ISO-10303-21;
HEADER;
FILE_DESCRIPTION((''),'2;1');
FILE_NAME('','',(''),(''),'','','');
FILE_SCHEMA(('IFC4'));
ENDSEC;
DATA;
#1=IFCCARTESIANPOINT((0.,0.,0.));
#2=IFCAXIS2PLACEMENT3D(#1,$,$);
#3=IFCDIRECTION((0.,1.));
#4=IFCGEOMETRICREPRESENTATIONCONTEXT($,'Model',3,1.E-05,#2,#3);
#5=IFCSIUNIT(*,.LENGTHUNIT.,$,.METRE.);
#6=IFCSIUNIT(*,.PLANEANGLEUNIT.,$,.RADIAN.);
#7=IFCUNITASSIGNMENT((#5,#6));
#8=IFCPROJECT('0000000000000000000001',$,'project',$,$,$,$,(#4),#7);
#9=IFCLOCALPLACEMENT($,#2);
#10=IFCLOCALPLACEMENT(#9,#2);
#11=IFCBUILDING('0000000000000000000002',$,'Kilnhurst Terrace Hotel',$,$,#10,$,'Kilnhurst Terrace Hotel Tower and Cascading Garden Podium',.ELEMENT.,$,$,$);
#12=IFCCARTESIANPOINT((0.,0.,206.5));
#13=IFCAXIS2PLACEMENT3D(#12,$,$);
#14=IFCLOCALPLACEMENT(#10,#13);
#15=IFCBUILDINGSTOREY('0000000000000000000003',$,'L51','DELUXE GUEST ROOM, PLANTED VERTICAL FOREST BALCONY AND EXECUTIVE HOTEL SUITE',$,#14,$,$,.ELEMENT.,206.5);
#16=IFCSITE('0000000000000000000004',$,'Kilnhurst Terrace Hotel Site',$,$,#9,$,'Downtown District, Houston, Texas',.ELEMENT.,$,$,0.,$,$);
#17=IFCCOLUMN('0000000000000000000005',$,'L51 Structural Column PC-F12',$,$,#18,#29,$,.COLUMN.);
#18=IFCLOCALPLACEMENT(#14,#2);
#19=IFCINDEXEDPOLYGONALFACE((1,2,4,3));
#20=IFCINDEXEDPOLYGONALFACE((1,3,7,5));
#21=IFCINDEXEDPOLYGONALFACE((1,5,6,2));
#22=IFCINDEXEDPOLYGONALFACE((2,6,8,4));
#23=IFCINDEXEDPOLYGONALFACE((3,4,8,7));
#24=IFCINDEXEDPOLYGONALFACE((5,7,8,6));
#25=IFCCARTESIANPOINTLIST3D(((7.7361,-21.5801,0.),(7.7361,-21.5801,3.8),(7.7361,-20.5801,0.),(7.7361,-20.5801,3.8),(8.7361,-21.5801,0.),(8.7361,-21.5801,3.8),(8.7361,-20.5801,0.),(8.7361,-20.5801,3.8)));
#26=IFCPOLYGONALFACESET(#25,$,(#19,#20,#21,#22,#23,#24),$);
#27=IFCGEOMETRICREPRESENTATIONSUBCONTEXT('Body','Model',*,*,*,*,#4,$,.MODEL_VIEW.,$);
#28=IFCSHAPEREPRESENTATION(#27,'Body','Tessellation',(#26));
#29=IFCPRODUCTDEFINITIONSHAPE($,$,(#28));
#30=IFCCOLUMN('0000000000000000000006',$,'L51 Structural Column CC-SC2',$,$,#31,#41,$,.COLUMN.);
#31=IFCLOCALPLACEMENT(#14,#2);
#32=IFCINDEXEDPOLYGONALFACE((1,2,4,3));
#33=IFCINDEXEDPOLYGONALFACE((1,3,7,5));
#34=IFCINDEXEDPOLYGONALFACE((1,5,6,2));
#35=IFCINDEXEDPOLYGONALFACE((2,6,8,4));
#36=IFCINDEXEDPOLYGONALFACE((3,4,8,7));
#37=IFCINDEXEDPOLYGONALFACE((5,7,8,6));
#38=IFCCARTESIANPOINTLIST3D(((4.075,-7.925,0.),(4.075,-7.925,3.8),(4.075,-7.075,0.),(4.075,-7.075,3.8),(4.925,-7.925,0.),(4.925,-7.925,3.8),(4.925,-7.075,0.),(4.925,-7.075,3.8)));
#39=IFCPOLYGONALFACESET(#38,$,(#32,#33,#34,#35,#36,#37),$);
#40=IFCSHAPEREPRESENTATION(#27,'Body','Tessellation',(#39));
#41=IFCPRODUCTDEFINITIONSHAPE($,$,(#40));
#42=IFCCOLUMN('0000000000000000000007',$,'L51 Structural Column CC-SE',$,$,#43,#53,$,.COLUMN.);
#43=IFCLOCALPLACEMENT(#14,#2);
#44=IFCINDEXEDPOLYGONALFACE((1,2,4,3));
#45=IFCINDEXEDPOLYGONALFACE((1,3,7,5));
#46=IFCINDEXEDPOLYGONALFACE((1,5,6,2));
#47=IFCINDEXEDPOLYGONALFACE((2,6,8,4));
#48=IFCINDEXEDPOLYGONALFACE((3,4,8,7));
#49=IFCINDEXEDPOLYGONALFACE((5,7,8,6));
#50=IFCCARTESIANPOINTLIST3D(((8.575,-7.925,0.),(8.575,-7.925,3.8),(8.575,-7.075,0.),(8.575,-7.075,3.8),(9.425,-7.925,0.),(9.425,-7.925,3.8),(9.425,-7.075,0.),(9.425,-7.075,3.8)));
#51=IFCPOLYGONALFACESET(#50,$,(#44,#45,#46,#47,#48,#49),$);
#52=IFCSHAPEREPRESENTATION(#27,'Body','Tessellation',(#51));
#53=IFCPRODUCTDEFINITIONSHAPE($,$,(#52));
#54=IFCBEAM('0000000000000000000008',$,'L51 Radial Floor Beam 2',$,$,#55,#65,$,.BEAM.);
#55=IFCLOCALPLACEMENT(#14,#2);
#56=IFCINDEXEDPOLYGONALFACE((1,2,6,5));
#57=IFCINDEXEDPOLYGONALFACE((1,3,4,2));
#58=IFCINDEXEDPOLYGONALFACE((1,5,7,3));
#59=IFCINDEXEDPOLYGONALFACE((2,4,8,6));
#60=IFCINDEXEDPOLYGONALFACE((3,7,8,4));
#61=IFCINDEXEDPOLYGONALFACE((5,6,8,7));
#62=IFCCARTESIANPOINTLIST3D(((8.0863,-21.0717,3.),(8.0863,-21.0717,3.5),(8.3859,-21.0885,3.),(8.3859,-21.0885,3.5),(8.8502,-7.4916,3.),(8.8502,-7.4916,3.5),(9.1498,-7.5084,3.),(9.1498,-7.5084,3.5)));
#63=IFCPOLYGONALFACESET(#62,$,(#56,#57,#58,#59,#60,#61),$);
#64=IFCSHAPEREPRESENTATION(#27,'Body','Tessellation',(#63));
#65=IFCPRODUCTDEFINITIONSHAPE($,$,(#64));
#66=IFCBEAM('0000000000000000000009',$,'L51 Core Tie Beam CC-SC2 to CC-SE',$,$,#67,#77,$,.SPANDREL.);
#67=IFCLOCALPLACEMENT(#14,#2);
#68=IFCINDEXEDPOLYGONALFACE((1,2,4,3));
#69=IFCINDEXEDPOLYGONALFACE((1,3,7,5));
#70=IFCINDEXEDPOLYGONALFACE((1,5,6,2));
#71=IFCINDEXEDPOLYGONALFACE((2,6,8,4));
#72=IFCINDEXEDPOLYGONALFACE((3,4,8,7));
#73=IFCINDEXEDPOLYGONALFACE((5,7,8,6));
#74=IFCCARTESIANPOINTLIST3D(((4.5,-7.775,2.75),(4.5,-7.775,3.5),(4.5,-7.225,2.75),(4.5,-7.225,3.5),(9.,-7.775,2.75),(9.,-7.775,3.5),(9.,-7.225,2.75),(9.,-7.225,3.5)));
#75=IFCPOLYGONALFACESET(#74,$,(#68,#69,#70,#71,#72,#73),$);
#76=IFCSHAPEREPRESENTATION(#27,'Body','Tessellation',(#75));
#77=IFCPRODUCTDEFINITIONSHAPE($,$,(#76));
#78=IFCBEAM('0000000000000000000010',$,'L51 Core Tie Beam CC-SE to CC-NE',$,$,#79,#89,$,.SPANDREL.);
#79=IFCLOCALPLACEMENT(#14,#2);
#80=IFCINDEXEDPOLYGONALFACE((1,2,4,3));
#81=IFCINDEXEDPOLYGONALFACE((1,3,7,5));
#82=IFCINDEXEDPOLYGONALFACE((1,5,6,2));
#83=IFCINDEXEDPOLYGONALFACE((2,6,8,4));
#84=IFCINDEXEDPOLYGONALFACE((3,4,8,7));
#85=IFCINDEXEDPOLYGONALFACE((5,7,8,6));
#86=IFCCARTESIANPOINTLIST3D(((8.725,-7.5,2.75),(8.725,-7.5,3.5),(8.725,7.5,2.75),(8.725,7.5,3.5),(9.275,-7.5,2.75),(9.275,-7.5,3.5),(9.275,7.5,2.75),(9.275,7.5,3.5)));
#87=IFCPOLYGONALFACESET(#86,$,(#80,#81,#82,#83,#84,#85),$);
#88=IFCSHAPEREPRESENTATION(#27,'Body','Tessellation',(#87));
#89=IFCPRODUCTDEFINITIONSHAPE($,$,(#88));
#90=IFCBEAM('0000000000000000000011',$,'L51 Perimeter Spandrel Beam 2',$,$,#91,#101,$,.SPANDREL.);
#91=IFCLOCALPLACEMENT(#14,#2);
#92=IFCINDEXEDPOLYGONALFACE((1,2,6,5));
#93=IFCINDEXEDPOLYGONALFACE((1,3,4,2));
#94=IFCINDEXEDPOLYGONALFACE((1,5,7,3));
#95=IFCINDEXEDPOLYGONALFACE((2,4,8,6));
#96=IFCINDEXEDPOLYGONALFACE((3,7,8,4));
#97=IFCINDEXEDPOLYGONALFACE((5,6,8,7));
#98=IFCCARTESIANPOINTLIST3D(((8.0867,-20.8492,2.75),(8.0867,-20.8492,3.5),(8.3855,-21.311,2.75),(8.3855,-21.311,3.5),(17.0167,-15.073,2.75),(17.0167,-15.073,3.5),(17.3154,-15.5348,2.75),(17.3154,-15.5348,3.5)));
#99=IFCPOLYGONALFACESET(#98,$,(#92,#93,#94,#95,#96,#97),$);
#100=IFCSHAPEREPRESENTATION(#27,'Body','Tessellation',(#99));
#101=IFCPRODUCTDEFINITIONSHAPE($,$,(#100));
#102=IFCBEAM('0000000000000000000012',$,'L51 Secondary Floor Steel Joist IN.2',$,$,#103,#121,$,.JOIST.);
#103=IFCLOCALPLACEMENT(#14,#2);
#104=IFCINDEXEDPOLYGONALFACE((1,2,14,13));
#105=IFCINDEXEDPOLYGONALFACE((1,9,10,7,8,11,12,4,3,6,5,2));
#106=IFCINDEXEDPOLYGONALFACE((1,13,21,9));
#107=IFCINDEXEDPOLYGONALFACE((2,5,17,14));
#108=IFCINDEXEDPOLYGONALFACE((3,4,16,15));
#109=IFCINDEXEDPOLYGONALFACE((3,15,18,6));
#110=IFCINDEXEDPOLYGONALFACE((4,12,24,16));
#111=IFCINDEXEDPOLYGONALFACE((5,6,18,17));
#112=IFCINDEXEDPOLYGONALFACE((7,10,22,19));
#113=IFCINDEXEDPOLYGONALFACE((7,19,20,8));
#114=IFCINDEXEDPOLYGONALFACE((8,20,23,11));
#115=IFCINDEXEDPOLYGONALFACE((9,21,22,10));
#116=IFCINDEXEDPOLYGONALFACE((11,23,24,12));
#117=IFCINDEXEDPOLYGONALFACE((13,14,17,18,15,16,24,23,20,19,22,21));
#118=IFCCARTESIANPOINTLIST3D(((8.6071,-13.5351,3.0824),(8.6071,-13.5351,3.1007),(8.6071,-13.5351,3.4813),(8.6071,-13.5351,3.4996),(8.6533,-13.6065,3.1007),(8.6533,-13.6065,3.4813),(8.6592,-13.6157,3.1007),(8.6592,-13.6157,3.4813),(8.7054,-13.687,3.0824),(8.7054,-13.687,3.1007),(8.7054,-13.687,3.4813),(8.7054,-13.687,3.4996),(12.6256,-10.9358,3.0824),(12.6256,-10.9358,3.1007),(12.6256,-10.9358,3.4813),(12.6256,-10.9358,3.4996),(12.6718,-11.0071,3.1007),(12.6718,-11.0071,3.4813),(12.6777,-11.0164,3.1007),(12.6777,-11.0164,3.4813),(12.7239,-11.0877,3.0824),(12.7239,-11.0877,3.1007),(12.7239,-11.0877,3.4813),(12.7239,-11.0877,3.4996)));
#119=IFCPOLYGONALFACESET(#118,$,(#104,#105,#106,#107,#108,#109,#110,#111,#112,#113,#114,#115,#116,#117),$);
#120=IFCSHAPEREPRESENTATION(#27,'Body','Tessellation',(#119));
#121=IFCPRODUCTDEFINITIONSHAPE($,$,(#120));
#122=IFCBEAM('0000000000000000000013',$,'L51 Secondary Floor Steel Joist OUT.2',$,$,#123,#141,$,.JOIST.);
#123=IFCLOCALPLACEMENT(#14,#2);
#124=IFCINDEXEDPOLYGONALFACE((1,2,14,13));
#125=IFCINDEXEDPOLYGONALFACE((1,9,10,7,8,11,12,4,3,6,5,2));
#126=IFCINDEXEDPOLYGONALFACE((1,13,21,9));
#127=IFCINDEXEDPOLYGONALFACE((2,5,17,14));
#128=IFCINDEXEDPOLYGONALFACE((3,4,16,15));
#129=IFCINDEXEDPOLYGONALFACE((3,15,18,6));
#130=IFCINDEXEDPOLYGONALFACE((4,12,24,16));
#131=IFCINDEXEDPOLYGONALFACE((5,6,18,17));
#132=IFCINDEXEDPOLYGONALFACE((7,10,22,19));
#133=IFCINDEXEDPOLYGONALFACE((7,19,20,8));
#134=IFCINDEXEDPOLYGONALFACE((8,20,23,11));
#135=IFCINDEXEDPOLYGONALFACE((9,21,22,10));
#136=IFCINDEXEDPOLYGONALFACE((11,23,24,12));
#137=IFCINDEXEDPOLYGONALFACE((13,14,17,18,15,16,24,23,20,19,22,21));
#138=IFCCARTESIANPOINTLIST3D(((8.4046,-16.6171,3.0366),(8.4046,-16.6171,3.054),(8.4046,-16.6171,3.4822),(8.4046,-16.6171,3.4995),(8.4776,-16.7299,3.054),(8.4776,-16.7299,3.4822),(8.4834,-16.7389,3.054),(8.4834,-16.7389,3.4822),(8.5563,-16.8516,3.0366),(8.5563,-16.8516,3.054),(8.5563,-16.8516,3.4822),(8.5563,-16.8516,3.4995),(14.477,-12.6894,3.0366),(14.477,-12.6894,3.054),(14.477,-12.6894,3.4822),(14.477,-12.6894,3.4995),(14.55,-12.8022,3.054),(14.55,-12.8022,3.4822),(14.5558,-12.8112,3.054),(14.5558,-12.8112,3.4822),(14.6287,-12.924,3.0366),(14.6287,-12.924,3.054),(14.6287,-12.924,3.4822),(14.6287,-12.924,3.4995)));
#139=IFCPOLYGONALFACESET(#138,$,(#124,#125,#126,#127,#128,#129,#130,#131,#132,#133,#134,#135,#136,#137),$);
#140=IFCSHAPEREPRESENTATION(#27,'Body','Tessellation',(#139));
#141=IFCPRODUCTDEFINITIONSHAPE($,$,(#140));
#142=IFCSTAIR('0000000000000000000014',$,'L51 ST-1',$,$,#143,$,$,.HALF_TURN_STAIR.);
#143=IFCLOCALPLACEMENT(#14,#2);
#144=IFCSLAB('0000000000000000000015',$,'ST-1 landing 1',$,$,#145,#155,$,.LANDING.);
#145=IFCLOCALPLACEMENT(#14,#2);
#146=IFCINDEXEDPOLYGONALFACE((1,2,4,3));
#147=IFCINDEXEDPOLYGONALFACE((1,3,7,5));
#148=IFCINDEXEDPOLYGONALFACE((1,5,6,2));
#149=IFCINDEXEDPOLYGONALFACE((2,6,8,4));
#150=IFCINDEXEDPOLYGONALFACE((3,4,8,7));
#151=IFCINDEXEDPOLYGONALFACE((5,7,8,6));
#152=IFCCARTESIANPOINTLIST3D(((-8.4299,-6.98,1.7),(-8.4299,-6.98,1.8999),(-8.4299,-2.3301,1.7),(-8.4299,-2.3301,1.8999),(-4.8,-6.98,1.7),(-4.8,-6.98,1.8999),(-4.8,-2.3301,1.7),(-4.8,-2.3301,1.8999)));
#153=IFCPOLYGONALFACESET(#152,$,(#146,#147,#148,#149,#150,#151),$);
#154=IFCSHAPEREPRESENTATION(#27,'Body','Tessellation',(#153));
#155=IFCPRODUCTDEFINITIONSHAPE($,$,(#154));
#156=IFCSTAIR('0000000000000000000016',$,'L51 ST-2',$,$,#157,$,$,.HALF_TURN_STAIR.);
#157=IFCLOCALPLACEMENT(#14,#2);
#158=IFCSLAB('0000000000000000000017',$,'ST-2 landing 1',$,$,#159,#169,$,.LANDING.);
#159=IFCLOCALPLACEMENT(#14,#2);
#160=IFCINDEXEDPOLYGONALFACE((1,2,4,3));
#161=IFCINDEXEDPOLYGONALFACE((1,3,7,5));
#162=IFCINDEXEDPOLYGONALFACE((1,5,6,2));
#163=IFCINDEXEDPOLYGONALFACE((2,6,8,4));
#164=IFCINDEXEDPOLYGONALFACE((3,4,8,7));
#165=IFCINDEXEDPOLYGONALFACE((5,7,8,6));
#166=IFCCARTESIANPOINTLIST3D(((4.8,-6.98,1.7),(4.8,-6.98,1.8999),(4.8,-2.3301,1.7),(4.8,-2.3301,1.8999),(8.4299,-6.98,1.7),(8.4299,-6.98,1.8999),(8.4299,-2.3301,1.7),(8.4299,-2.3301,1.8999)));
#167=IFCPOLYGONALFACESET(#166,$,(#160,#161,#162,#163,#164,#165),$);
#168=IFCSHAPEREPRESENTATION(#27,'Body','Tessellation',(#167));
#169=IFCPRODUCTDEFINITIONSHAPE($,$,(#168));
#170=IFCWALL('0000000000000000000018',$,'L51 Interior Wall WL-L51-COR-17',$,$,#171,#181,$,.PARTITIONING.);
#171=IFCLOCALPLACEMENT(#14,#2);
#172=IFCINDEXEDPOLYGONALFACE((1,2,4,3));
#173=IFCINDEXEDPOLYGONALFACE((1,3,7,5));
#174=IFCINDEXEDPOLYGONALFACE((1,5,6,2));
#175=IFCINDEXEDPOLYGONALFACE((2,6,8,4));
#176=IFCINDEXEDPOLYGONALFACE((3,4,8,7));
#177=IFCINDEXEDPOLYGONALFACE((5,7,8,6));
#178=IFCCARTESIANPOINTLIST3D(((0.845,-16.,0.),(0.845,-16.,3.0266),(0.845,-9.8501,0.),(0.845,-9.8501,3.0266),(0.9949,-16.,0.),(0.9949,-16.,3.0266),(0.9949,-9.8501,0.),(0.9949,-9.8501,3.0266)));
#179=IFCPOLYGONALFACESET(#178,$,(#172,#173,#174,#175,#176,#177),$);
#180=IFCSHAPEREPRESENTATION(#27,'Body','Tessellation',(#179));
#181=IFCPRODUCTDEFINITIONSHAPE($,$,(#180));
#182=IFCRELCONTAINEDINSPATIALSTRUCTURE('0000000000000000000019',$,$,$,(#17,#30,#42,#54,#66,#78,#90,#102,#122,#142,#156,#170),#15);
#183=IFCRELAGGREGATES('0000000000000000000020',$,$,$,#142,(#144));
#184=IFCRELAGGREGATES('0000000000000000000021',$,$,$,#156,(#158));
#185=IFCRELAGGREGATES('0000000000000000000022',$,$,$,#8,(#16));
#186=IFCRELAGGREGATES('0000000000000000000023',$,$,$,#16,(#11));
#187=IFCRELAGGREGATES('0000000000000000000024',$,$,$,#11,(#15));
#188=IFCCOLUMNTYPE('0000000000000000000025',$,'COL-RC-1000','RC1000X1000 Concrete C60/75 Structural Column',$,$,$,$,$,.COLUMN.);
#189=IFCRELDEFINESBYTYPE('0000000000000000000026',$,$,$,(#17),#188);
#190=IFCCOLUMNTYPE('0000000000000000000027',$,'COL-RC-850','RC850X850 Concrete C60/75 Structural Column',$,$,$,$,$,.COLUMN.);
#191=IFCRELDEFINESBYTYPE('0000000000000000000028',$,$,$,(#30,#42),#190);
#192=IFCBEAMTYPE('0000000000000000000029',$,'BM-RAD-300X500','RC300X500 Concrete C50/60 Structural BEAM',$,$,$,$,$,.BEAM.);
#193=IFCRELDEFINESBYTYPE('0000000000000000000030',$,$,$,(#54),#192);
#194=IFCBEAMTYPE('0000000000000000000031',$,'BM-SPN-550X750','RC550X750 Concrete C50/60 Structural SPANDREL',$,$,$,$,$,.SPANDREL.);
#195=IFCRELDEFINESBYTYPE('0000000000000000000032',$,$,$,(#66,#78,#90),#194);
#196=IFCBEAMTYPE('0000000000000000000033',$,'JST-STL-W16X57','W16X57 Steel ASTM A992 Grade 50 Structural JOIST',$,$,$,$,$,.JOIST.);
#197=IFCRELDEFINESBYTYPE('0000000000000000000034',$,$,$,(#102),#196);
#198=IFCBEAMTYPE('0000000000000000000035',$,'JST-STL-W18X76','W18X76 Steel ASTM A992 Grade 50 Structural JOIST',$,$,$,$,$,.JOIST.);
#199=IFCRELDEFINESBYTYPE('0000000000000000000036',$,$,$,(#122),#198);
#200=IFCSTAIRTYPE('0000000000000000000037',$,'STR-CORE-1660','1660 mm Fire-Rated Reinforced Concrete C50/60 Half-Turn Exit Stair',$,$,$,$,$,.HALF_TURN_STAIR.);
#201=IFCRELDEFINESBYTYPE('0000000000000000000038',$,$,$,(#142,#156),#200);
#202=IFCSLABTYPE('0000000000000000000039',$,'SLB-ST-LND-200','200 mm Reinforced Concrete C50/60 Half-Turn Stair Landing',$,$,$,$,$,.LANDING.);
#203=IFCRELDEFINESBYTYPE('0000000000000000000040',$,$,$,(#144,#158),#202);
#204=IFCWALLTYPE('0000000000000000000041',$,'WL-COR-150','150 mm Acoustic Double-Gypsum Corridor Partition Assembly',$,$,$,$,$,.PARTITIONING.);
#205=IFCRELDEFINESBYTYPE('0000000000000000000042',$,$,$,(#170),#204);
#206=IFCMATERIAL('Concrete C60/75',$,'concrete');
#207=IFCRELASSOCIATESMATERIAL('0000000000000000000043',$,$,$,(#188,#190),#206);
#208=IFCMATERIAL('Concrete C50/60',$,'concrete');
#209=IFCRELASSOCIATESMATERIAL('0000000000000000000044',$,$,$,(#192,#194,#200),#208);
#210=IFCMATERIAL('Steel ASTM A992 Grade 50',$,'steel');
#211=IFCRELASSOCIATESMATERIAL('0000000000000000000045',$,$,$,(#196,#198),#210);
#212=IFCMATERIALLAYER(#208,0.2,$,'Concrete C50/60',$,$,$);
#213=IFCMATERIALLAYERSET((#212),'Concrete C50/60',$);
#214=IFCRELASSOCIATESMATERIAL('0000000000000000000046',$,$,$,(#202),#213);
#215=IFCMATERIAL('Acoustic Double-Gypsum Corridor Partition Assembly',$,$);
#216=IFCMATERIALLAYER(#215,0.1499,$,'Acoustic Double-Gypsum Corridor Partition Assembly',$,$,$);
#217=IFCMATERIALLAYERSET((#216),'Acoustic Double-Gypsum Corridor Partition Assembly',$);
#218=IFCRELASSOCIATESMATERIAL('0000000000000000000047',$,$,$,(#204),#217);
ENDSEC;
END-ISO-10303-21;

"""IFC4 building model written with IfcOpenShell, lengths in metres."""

from ifc_helpers import new_model, si_unit, direction, frame, frame_2d, origin, origin_2d, place, context, subcontext, project, spatial, polyline, rectangle, i_section, outline, extrude, material, layer, layer_set, material_profile, profile_set, type_object, element, aggregate, save


model = new_model("IFC4")

# Units and contexts
model_context = context("Model", 3, precision=1e-05, world=origin(), true_north=direction((0.0, 1.0)))
body_context = subcontext(model_context, "Body", "Model", "MODEL_VIEW")
ifc_project = project(units=[si_unit("LENGTHUNIT", "METRE"), si_unit("PLANEANGLEUNIT", "RADIAN")], contexts=[model_context])

# Site, building, storey
site_placement = place(None, origin())
site = spatial("IfcSite", under=ifc_project, at=site_placement, Name="Kilnhurst Terrace Hotel Site", LongName="Downtown District, Houston, Texas", CompositionType="ELEMENT", RefElevation=0.0)
building_placement = place(site_placement, origin())
building = spatial("IfcBuilding", under=site, at=building_placement, Name="Kilnhurst Terrace Hotel", LongName="Kilnhurst Terrace Hotel Tower and Cascading Garden Podium", CompositionType="ELEMENT")
storey_placement = place(building_placement, frame((0.0, 0.0, 206.5)))
storey = spatial("IfcBuildingStorey", under=building, at=storey_placement, Name="L51", Description="DELUXE GUEST ROOM, PLANTED VERTICAL FOREST BALCONY AND EXECUTIVE HOTEL SUITE", CompositionType="ELEMENT", Elevation=206.5)

# Columns
ifc_material_1 = material(Name="Concrete C60/75", Category="concrete")
ifc_material_profile_1 = material_profile(ifc_material_1, rectangle(XDim=1.0, YDim=1.0, at=origin_2d()), Name="RC1000X1000")
ifc_profile_set_1 = profile_set([ifc_material_profile_1], Name="Concrete C60/75")
column_type_1 = type_object("IfcColumnType", Name="COL-RC-1000", Description="RC1000X1000 Concrete C60/75 Structural Column", PredefinedType="COLUMN", material=ifc_profile_set_1)
column_placement = place(storey_placement, frame((8.2361, -21.0801, 0.0), z_axis=(0.0, 0.0, 1.0), x_axis=(1.0, 0.0, 0.0)))
element("IfcColumn", 1, at=column_placement, inside=storey, type_object=column_type_1, Name="L51 Structural Column PC-F12", PredefinedType="COLUMN", context=body_context, shape_type="SweptSolid", body=[
    extrude(rectangle(XDim=1.0, YDim=1.0, at=origin_2d()), origin(), (0.0, 0.0, 1.0), 3.8),
])
ifc_material_profile_2 = material_profile(ifc_material_1, rectangle(XDim=0.8501, YDim=0.8501, at=origin_2d()), Name="RC850X850")
ifc_profile_set_2 = profile_set([ifc_material_profile_2], Name="Concrete C60/75")
column_type_2 = type_object("IfcColumnType", Name="COL-RC-850", Description="RC850X850 Concrete C60/75 Structural Column", PredefinedType="COLUMN", material=ifc_profile_set_2)
for number, where, z_axis, x_axis, name in (
    (2, (4.5, -7.5, 0.0), (0.0, 0.0, 1.0), (1.0, 0.0, 0.0), "L51 Structural Column CC-SC2"),
    (3, (9.0, -7.5, 0.0), (0.0, 0.0, 1.0), (1.0, 0.0, 0.0), "L51 Structural Column CC-SE"),
):
    element("IfcColumn", number, at=place(storey_placement, frame(where, z_axis=z_axis, x_axis=x_axis)), inside=storey, type_object=column_type_2, Name=name, PredefinedType="COLUMN", context=body_context, shape_type="SweptSolid", body=[
        extrude(rectangle(XDim=0.8501, YDim=0.8501, at=origin_2d()), origin(), (0.0, 0.0, 1.0), 3.8),
    ])

# Beams
ifc_material_2 = material(Name="Concrete C50/60", Category="concrete")
ifc_material_profile_3 = material_profile(ifc_material_2, rectangle(XDim=0.3, YDim=0.5, at=origin_2d()), Name="RC300X500")
ifc_profile_set_3 = profile_set([ifc_material_profile_3], Name="Concrete C50/60")
beam_type_1 = type_object("IfcBeamType", Name="BM-RAD-300X500", Description="RC300X500 Concrete C50/60 Structural BEAM", PredefinedType="BEAM", material=ifc_profile_set_3)
beam_1_placement = place(storey_placement, frame((9.0, -7.5, 3.25), z_axis=(-0.056164, -0.998422, 0.0), x_axis=(0.998422, -0.056164, 0.0)))
element("IfcBeam", 4, at=beam_1_placement, inside=storey, type_object=beam_type_1, Name="L51 Radial Floor Beam 2", PredefinedType="BEAM", context=body_context, shape_type="SweptSolid", body=[
    extrude(rectangle(XDim=0.3, YDim=0.5, at=origin_2d()), origin(), (0.0, 0.0, 1.0), 13.6016),
])
ifc_material_profile_4 = material_profile(ifc_material_2, rectangle(XDim=0.55, YDim=0.75, at=origin_2d()), Name="RC550X750")
ifc_profile_set_4 = profile_set([ifc_material_profile_4], Name="Concrete C50/60")
beam_type_2 = type_object("IfcBeamType", Name="BM-SPN-550X750", Description="RC550X750 Concrete C50/60 Structural SPANDREL", PredefinedType="SPANDREL", material=ifc_profile_set_4)
beam_2_placement = place(storey_placement, frame((4.5, -7.5, 3.125), z_axis=(1.0, 0.0, 0.0), x_axis=(0.0, 1.0, 0.0)))
element("IfcBeam", 5, at=beam_2_placement, inside=storey, type_object=beam_type_2, Name="L51 Core Tie Beam CC-SC2 to CC-SE", PredefinedType="SPANDREL", context=body_context, shape_type="SweptSolid", body=[
    extrude(rectangle(XDim=0.55, YDim=0.75, at=origin_2d()), origin(), (0.0, 0.0, 1.0), 4.5),
])
beam_3_placement = place(storey_placement, frame((9.0, -7.5, 3.125), z_axis=(0.0, 1.0, 0.0), x_axis=(-1.0, 0.0, 0.0)))
element("IfcBeam", 6, at=beam_3_placement, inside=storey, type_object=beam_type_2, Name="L51 Core Tie Beam CC-SE to CC-NE", PredefinedType="SPANDREL", context=body_context, shape_type="SweptSolid", body=[
    extrude(rectangle(XDim=0.55, YDim=0.75, at=origin_2d()), origin(), (0.0, 0.0, 1.0), 15.0),
])
beam_4_placement = place(storey_placement, frame((8.2361, -21.0801, 3.125), z_axis=(0.839659, 0.543114, 0.0), x_axis=(-0.543114, 0.839659, 0.0)))
element("IfcBeam", 7, at=beam_4_placement, inside=storey, type_object=beam_type_2, Name="L51 Perimeter Spandrel Beam 2", PredefinedType="SPANDREL", context=body_context, shape_type="SweptSolid", body=[
    extrude(rectangle(XDim=0.55, YDim=0.75, at=origin_2d()), origin(), (0.0, 0.0, 1.0), 10.6353),
])
ifc_material_3 = material(Name="Steel ASTM A992 Grade 50", Category="steel")
ifc_material_profile_5 = material_profile(ifc_material_3, i_section(OverallWidth=0.1809, OverallDepth=0.4172, WebThickness=0.011, FlangeThickness=0.0183, at=origin_2d()), Name="W16X57")
ifc_profile_set_5 = profile_set([ifc_material_profile_5], Name="Steel ASTM A992 Grade 50")
beam_type_3 = type_object("IfcBeamType", Name="JST-STL-W16X57", Description="W16X57 Steel ASTM A992 Grade 50 Structural JOIST", PredefinedType="JOIST", material=ifc_profile_set_5)
beam_5_placement = place(storey_placement, frame((8.6562, -13.6111, 3.291), z_axis=(0.839654, 0.543122, 0.0), x_axis=(-0.543122, 0.839654, 0.0)))
element("IfcBeam", 8, at=beam_5_placement, inside=storey, type_object=beam_type_3, Name="L51 Secondary Floor Steel Joist IN.2", PredefinedType="JOIST", context=body_context, shape_type="SweptSolid", body=[
    extrude(i_section(OverallWidth=0.1809, OverallDepth=0.4172, WebThickness=0.011, FlangeThickness=0.0183, at=origin_2d()), origin(), (0.0, 0.0, 1.0), 4.7859),
])
ifc_material_profile_6 = material_profile(ifc_material_3, i_section(OverallWidth=0.2793, OverallDepth=0.4629, WebThickness=0.0107, FlangeThickness=0.0173, at=origin_2d()), Name="W18X76")
ifc_profile_set_6 = profile_set([ifc_material_profile_6], Name="Steel ASTM A992 Grade 50")
beam_type_4 = type_object("IfcBeamType", Name="JST-STL-W18X76", Description="W18X76 Steel ASTM A992 Grade 50 Structural JOIST", PredefinedType="JOIST", material=ifc_profile_set_6)
beam_6_placement = place(storey_placement, frame((8.4805, -16.7344, 3.2681), z_axis=(0.839667, 0.543101, 0.0), x_axis=(-0.543101, 0.839667, 0.0)))
element("IfcBeam", 9, at=beam_6_placement, inside=storey, type_object=beam_type_4, Name="L51 Secondary Floor Steel Joist OUT.2", PredefinedType="JOIST", context=body_context, shape_type="SweptSolid", body=[
    extrude(i_section(OverallWidth=0.2793, OverallDepth=0.4629, WebThickness=0.0107, FlangeThickness=0.0173, at=origin_2d()), origin(), (0.0, 0.0, 1.0), 7.2319),
])

# Stairs, slabs
stair_type = type_object("IfcStairType", Name="STR-CORE-1660", Description="1660 mm Fire-Rated Reinforced Concrete C50/60 Half-Turn Exit Stair", PredefinedType="HALF_TURN_STAIR", material=ifc_material_2)
stair_1_placement = place(storey_placement, origin())
stair_1 = element("IfcStair", 10, at=stair_1_placement, inside=storey, type_object=stair_type, Name="L51 ST-1", PredefinedType="HALF_TURN_STAIR")
ifc_layer_1 = layer(ifc_material_2, 0.2, Name="Concrete C50/60")
ifc_layer_set_1 = layer_set([ifc_layer_1], Name="Concrete C50/60")
slab_type = type_object("IfcSlabType", Name="SLB-ST-LND-200", Description="200 mm Reinforced Concrete C50/60 Half-Turn Stair Landing", PredefinedType="LANDING", material=ifc_layer_set_1)
slab_1_placement = place(storey_placement, frame((0.0, 0.0, 1.7)))
slab_1 = element("IfcSlab", 11, at=slab_1_placement, type_object=slab_type, Name="ST-1 landing 1", PredefinedType="LANDING", context=body_context, shape_type="SweptSolid", body=[
    extrude(outline(polyline([(-8.4299, -2.3301), (-4.8, -2.3301), (-4.8, -6.98), (-8.4299, -6.98), (-8.4299, -2.3301)])), origin(), (0.0, 0.0, 1.0), 0.2),
])
aggregate(stair_1, [slab_1])
stair_2_placement = place(storey_placement, origin())
stair_2 = element("IfcStair", 12, at=stair_2_placement, inside=storey, type_object=stair_type, Name="L51 ST-2", PredefinedType="HALF_TURN_STAIR")
slab_2_placement = place(storey_placement, frame((0.0, 0.0, 1.7)))
slab_2 = element("IfcSlab", 13, at=slab_2_placement, type_object=slab_type, Name="ST-2 landing 1", PredefinedType="LANDING", context=body_context, shape_type="SweptSolid", body=[
    extrude(outline(polyline([(4.8, -2.3301), (8.4299, -2.3301), (8.4299, -6.98), (4.8, -6.98), (4.8, -2.3301)])), origin(), (0.0, 0.0, 1.0), 0.2),
])

# Wall
ifc_material_4 = material(Name="Acoustic Double-Gypsum Corridor Partition Assembly")
ifc_layer_2 = layer(ifc_material_4, 0.1499, Name="Acoustic Double-Gypsum Corridor Partition Assembly")
ifc_layer_set_2 = layer_set([ifc_layer_2], Name="Acoustic Double-Gypsum Corridor Partition Assembly")
wall_type_1 = type_object("IfcWallType", Name="WL-COR-150", Description="150 mm Acoustic Double-Gypsum Corridor Partition Assembly", PredefinedType="PARTITIONING", material=ifc_layer_set_2)
wall_1_placement = place(storey_placement, frame((0.9199, -9.8501, 0.0), z_axis=(0.0, 0.0, 1.0), x_axis=(0.0, -1.0, 0.0)))
element("IfcWall", 14, at=wall_1_placement, inside=storey, type_object=wall_type_1, Name="L51 Interior Wall WL-L51-COR-17", PredefinedType="PARTITIONING", context=body_context, shape_type="SweptSolid", body=[
    extrude(rectangle(XDim=6.1499, YDim=0.1499, at=frame_2d((3.075, 0.0))), origin(), (0.0, 0.0, 1.0), 3.0266),
])

aggregate(stair_2, [slab_2])

save(model, "model.ifc")
